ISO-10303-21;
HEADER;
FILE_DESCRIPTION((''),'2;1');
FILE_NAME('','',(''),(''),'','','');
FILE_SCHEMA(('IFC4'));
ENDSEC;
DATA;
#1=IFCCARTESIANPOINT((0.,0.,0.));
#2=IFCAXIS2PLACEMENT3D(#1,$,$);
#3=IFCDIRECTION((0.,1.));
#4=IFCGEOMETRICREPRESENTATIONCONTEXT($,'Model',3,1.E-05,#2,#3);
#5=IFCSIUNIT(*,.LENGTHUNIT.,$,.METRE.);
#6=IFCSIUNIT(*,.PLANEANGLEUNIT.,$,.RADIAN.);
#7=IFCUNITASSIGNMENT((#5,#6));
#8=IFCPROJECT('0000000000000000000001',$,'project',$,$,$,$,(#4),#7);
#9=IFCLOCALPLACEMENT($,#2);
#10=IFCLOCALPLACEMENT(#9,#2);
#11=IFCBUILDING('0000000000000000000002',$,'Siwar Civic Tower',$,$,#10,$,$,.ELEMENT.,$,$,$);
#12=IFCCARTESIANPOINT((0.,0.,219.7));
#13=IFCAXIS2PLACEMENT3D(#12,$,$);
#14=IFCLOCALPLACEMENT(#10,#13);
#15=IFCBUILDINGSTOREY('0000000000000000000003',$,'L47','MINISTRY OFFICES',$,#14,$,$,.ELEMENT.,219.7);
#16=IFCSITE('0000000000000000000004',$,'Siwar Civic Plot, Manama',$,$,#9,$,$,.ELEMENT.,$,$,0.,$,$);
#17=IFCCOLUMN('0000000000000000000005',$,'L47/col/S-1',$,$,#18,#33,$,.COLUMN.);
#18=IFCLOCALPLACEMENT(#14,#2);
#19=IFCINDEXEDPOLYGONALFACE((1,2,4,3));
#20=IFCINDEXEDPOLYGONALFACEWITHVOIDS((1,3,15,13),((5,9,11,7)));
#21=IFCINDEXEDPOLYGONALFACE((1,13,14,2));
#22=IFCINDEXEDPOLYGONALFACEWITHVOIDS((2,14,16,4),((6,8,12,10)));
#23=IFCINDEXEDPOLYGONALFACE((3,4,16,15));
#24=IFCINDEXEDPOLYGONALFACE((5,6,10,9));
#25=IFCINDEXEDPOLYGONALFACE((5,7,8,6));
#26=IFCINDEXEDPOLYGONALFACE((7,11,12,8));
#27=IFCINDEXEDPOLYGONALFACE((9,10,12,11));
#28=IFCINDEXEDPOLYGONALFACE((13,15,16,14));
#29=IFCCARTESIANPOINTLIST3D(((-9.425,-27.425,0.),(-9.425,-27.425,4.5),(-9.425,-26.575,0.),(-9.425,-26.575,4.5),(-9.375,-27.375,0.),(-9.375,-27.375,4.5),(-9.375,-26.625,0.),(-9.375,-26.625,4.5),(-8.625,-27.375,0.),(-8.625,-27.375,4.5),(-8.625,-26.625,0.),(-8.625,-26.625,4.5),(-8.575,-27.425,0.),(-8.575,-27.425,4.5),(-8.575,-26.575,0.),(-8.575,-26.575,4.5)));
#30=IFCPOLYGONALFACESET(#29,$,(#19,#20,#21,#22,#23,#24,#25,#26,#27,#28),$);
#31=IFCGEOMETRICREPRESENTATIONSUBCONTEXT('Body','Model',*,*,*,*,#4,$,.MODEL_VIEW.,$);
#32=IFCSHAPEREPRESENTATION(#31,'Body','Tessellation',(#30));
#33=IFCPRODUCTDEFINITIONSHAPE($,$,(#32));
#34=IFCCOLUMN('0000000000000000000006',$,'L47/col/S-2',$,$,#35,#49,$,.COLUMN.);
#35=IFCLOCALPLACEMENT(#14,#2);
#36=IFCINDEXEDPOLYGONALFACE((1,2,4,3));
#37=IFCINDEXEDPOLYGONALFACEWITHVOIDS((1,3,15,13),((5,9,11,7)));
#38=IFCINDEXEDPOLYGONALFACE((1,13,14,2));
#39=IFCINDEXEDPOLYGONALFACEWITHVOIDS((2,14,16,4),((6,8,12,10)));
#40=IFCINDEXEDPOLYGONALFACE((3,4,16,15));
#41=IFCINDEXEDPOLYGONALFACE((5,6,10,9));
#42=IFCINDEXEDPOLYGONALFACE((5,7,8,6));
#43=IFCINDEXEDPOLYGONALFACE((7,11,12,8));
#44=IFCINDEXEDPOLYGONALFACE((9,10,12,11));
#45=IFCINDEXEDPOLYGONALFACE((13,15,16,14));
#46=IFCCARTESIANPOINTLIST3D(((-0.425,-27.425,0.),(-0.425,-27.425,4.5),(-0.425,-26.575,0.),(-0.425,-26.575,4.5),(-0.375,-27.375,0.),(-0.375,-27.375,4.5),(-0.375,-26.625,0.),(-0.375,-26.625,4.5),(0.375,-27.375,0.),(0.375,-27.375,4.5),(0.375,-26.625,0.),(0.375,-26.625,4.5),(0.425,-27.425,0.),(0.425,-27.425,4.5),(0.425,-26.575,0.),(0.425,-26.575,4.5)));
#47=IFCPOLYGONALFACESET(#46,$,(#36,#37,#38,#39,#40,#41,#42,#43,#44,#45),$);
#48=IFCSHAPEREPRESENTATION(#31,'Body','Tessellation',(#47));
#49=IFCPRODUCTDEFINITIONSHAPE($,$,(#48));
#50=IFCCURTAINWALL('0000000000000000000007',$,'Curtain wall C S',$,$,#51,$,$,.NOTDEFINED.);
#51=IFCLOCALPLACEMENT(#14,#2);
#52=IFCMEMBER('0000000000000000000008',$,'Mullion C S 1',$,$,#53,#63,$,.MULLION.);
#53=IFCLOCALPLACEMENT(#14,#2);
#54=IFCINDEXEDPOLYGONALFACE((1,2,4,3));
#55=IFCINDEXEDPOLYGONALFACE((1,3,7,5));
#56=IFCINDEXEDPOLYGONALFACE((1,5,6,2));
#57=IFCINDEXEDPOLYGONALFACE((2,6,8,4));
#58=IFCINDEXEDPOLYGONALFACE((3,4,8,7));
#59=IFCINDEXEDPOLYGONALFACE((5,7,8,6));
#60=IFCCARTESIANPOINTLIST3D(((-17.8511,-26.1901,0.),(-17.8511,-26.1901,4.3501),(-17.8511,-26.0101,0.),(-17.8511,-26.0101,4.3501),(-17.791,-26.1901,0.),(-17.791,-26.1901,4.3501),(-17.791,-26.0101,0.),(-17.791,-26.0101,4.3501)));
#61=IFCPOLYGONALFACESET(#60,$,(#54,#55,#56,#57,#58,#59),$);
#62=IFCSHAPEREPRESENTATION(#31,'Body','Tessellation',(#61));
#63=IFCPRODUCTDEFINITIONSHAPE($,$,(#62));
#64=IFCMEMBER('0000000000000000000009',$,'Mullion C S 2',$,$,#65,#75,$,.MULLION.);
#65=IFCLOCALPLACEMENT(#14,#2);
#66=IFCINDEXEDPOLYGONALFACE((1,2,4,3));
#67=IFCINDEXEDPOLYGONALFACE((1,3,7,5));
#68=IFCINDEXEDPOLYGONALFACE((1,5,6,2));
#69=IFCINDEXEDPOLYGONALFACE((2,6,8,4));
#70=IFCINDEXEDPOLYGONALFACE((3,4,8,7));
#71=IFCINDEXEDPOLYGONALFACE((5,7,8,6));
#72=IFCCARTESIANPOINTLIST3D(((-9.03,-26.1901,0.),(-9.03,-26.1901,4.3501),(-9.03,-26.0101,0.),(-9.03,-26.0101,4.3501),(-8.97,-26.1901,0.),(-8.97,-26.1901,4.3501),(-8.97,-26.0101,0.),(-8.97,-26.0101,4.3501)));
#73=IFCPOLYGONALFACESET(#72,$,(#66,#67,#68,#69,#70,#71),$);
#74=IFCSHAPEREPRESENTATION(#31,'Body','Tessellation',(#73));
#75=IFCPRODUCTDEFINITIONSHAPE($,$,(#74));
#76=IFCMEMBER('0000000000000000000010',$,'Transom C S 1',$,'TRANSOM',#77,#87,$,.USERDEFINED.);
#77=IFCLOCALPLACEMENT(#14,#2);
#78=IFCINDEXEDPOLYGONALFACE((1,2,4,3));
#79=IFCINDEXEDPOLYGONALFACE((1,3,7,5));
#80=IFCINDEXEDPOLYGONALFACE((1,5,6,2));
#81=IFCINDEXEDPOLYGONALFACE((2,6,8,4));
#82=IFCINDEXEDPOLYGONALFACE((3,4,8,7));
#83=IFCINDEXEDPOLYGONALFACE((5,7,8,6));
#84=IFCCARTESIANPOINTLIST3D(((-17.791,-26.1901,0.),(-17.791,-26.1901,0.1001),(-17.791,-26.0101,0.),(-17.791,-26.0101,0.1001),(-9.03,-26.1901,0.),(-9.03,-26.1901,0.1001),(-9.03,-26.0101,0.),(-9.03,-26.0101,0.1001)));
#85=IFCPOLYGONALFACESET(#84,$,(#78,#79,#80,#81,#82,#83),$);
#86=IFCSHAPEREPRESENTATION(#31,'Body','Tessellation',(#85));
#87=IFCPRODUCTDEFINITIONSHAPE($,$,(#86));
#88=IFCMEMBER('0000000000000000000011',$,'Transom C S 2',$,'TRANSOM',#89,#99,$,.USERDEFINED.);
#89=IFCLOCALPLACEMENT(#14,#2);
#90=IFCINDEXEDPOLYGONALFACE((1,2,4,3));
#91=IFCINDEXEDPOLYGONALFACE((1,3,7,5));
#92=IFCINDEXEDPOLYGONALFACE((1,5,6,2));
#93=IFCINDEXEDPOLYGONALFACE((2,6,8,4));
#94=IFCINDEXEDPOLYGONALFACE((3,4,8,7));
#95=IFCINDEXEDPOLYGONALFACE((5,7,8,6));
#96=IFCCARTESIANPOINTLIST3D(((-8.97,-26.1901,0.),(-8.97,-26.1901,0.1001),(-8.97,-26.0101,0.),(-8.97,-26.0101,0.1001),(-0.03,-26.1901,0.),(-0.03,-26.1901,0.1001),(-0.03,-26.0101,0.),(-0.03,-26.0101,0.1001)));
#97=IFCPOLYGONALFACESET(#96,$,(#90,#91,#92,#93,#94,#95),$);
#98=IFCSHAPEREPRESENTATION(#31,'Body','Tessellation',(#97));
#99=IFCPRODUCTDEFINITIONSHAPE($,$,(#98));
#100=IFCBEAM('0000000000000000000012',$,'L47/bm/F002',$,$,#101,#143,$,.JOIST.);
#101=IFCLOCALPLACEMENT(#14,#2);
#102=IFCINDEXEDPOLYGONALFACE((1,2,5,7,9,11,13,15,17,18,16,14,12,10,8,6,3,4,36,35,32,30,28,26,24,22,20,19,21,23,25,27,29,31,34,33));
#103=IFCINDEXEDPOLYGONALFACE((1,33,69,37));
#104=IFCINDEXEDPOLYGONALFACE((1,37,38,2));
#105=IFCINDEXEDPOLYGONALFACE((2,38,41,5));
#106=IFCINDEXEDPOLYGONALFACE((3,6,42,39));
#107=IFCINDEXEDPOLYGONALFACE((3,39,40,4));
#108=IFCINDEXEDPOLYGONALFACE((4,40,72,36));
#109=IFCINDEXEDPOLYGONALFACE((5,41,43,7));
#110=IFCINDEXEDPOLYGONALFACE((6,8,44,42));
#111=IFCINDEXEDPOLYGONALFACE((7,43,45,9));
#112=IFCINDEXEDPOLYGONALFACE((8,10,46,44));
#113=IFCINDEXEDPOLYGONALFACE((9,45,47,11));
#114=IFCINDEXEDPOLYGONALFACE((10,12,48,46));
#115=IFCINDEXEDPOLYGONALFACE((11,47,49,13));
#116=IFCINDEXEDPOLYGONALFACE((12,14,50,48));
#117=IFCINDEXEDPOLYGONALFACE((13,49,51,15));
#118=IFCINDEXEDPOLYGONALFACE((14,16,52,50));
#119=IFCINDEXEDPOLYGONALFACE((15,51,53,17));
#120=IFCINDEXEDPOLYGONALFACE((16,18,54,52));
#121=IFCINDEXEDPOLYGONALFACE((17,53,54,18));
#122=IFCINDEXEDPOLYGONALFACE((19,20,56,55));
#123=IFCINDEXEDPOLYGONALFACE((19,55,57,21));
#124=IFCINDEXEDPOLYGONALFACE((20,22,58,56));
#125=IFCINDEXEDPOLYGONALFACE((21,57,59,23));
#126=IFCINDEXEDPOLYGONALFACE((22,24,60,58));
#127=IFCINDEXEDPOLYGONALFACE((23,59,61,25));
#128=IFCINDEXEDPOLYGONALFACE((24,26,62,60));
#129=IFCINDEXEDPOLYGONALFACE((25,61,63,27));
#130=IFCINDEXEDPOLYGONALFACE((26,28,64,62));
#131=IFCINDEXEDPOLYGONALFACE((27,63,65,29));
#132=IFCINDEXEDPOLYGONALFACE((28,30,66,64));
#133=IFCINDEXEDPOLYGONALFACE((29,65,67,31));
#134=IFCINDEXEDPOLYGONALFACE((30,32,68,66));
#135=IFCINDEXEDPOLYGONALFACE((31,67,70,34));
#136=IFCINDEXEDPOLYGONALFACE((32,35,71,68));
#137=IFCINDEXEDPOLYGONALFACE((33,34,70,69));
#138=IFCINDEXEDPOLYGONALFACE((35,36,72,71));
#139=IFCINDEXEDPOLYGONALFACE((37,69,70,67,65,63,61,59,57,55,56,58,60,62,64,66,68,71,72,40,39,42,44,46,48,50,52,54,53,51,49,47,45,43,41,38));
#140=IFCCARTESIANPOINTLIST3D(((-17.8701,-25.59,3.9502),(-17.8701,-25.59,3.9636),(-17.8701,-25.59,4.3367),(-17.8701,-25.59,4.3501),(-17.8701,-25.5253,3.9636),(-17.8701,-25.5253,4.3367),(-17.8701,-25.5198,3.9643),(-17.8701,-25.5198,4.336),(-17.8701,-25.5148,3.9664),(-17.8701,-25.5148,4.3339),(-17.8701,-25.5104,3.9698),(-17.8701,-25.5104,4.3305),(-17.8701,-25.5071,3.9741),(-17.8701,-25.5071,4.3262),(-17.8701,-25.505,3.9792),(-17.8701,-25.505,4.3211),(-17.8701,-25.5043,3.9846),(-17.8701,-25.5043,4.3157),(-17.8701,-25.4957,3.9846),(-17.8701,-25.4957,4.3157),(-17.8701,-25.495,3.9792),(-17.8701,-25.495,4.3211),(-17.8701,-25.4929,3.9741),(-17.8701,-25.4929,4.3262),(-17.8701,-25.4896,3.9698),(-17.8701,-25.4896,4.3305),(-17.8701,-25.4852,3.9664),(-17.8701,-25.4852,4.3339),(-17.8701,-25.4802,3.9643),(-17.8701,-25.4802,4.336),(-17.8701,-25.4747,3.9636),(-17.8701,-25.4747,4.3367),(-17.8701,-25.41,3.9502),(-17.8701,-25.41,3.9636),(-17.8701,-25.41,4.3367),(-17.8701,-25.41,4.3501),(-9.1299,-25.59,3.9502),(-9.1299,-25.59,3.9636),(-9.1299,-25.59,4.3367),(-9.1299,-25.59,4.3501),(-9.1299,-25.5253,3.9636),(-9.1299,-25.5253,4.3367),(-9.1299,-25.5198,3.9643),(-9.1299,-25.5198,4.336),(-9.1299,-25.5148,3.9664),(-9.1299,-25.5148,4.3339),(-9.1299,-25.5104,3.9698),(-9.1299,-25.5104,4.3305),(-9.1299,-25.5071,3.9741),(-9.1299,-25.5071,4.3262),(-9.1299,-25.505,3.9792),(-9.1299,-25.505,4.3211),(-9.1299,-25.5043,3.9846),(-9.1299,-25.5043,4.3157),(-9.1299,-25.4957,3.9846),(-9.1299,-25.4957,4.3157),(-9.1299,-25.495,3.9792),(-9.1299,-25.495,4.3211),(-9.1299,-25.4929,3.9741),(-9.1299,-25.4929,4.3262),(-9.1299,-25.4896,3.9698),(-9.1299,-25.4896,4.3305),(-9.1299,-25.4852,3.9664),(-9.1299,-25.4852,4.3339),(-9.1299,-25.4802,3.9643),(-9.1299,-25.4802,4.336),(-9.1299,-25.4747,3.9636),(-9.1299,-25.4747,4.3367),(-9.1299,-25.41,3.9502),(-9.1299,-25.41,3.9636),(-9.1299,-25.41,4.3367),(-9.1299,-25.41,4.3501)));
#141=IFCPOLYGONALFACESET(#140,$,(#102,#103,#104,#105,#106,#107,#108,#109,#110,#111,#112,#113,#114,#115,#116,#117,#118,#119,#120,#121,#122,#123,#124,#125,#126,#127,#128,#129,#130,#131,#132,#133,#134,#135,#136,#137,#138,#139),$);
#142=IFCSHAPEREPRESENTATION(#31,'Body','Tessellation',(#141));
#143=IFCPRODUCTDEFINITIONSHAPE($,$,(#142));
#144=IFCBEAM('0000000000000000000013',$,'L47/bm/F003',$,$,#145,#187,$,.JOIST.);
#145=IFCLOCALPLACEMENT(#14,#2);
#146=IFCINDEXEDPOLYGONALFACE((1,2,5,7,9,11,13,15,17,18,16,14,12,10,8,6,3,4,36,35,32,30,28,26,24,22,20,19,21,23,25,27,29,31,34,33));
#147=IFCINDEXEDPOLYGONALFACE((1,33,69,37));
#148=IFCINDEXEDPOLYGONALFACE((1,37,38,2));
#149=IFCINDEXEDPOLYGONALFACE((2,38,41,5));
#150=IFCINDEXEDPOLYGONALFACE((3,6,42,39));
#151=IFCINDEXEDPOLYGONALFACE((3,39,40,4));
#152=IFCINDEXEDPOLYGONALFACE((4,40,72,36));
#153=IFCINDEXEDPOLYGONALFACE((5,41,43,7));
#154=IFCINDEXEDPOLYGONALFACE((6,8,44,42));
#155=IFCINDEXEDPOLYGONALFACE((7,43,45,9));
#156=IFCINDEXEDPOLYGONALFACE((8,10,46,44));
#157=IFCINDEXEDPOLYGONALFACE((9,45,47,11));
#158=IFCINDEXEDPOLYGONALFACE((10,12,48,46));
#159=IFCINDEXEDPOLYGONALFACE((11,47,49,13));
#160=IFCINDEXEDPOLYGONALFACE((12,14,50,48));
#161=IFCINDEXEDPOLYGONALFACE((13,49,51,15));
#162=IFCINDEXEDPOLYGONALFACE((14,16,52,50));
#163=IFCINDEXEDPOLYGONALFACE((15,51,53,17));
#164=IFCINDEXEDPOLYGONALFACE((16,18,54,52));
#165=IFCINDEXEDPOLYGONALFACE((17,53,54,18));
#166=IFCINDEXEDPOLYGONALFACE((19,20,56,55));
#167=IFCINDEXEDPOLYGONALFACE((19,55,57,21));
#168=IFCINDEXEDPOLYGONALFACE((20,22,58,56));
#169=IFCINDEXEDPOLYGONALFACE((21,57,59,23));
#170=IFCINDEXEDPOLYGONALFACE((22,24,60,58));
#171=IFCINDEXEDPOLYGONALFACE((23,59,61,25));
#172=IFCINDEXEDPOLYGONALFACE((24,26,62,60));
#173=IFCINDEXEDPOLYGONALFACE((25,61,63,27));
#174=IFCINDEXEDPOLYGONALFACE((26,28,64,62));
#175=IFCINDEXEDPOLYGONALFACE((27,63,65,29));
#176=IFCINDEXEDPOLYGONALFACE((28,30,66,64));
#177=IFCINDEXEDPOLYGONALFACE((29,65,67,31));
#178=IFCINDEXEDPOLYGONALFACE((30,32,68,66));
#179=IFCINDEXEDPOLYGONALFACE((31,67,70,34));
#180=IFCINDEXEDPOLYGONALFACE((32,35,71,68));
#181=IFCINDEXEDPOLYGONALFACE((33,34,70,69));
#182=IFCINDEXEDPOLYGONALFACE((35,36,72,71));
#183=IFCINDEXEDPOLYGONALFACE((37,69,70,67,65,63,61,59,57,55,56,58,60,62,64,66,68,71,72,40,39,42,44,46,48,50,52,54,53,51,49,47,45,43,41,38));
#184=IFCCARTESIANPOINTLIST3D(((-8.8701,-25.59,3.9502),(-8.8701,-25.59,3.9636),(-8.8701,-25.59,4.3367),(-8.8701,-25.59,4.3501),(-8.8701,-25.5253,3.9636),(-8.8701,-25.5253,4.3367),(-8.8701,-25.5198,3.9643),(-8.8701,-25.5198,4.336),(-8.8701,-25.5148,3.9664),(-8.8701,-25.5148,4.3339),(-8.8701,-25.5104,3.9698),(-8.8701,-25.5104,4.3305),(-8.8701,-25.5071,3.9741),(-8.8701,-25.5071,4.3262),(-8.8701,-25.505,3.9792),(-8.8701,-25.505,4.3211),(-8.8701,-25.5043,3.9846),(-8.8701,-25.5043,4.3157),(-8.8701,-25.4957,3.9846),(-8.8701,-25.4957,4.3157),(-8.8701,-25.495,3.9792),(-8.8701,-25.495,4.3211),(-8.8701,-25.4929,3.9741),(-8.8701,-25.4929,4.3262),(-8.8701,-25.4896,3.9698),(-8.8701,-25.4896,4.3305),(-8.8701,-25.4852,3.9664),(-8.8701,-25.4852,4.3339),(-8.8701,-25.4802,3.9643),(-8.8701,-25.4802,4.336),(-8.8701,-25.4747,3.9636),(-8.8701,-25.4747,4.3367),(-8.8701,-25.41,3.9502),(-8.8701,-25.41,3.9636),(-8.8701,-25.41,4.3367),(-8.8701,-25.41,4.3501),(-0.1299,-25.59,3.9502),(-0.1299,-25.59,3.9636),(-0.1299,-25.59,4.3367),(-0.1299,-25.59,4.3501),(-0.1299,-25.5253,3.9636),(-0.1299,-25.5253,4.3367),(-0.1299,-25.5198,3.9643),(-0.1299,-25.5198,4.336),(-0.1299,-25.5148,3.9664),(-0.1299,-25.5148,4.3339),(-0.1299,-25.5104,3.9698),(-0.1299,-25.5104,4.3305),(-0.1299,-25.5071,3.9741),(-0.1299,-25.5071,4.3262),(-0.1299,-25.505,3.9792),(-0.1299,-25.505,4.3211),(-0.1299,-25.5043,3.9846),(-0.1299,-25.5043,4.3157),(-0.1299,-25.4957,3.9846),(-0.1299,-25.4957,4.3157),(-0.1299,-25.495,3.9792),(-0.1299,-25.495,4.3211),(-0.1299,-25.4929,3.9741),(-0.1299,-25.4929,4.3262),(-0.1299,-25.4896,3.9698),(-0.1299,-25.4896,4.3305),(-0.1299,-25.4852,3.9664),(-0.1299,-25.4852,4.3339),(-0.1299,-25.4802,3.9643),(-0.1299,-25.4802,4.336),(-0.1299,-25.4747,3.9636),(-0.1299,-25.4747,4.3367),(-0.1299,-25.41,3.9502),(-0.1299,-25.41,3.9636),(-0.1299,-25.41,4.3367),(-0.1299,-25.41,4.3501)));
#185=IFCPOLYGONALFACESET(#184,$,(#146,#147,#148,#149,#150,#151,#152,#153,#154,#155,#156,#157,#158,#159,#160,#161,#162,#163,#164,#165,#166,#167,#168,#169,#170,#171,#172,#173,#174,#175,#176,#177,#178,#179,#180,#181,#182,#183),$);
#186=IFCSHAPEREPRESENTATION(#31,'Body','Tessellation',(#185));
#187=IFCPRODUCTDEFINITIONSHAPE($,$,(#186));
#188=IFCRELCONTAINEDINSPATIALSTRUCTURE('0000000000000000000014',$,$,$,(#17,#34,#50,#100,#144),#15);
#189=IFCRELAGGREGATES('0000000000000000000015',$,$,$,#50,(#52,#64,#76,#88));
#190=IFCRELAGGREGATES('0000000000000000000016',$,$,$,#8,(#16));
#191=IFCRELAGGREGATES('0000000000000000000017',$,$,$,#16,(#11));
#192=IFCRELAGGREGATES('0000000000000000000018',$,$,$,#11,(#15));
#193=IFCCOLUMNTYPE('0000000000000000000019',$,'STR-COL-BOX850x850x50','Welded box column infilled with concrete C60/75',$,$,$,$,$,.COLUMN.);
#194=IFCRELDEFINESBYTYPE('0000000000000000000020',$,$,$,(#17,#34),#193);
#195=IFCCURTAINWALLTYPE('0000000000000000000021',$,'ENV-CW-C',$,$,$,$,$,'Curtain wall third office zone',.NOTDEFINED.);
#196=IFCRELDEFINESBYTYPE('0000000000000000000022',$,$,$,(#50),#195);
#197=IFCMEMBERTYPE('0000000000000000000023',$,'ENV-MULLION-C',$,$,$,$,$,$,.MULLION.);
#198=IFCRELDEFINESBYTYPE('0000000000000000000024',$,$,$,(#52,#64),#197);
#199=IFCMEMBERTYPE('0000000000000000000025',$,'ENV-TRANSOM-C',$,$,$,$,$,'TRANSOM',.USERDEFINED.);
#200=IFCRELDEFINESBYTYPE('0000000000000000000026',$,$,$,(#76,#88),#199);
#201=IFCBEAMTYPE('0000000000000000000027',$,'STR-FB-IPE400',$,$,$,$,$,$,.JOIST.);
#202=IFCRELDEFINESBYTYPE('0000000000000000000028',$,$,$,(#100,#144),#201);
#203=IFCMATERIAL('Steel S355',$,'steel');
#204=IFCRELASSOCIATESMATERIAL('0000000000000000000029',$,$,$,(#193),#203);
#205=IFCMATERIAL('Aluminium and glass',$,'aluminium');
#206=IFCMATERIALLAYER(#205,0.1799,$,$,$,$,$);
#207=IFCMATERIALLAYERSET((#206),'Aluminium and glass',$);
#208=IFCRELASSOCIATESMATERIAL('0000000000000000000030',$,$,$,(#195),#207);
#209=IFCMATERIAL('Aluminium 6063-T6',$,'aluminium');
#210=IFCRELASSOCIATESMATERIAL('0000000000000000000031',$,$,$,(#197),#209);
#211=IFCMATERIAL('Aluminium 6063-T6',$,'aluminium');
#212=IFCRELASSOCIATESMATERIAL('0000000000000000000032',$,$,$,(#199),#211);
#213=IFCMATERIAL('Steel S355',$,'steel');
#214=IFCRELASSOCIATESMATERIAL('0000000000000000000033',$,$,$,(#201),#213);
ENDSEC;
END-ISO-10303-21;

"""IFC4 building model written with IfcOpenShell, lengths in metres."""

from ifc_helpers import new_model, si_unit, direction, frame, origin, origin_2d, place, context, subcontext, project, spatial, rectangle, hollow_rectangle, i_section, extrude, material, layer, layer_set, material_profile, profile_set, type_object, element, aggregate, save


model = new_model("IFC4")

# Units and contexts
model_context = context("Model", 3, precision=1e-05, world=origin(), true_north=direction((0.0, 1.0)))
body_context = subcontext(model_context, "Body", "Model", "MODEL_VIEW")
ifc_project = project(units=[si_unit("LENGTHUNIT", "METRE"), si_unit("PLANEANGLEUNIT", "RADIAN")], contexts=[model_context])

# Site, building, storey
site_placement = place(None, origin())
site = spatial("IfcSite", under=ifc_project, at=site_placement, Name="Siwar Civic Plot, Manama", CompositionType="ELEMENT", RefElevation=0.0)
building_placement = place(site_placement, origin())
building = spatial("IfcBuilding", under=site, at=building_placement, Name="Siwar Civic Tower", CompositionType="ELEMENT")
storey_placement = place(building_placement, frame((0.0, 0.0, 219.7)))
storey = spatial("IfcBuildingStorey", under=building, at=storey_placement, Name="L47", Description="MINISTRY OFFICES", CompositionType="ELEMENT", Elevation=219.7)

# Columns
ifc_material_1 = material(Name="Steel S355", Category="steel")
ifc_material_profile_1 = material_profile(ifc_material_1, hollow_rectangle(XDim=0.8501, YDim=0.8501, WallThickness=0.05, at=origin_2d()), Name="BOX850x850x50")
ifc_profile_set_1 = profile_set([ifc_material_profile_1], Name="Steel S355")
column_type = type_object("IfcColumnType", Name="STR-COL-BOX850x850x50", Description="Welded box column infilled with concrete C60/75", PredefinedType="COLUMN", material=ifc_profile_set_1)
for number, where, z_axis, x_axis, name in (
    (1, (-9.0, -27.0, 0.0), (0.0, 0.0, 1.0), (1.0, 0.0, 0.0), "L47/col/S-1"),
    (2, (0.0, -27.0, 0.0), (0.0, 0.0, 1.0), (1.0, 0.0, 0.0), "L47/col/S-2"),
):
    element("IfcColumn", number, at=place(storey_placement, frame(where, z_axis=z_axis, x_axis=x_axis)), inside=storey, type_object=column_type, Name=name, PredefinedType="COLUMN", context=body_context, shape_type="SweptSolid", body=[
        extrude(hollow_rectangle(XDim=0.8501, YDim=0.8501, WallThickness=0.05, at=origin_2d()), origin(), (0.0, 0.0, 1.0), 4.5),
    ])

# Curtain wall, members
ifc_material_2 = material(Name="Aluminium and glass", Category="aluminium")
ifc_layer_1 = layer(ifc_material_2, 0.1799)
ifc_layer_set_1 = layer_set([ifc_layer_1], Name="Aluminium and glass")
curtain_wall_type = type_object("IfcCurtainWallType", Name="ENV-CW-C", ElementType="Curtain wall third office zone", PredefinedType="NOTDEFINED", material=ifc_layer_set_1)
curtain_wall_placement = place(storey_placement, origin())
curtain_wall = element("IfcCurtainWall", 3, at=curtain_wall_placement, inside=storey, type_object=curtain_wall_type, Name="Curtain wall C S", PredefinedType="NOTDEFINED")
ifc_material_3 = material(Name="Aluminium 6063-T6", Category="aluminium")
ifc_material_profile_2 = material_profile(ifc_material_3, rectangle(XDim=0.1799, YDim=0.0601, at=origin_2d()), Name="AL 180x60")
ifc_profile_set_2 = profile_set([ifc_material_profile_2], Name="Aluminium 6063-T6")
member_type_1 = type_object("IfcMemberType", Name="ENV-MULLION-C", PredefinedType="MULLION", material=ifc_profile_set_2)
member_1_placement = place(storey_placement, frame((-17.821, -26.1001, 0.0), z_axis=(0.0, 0.0, 1.0), x_axis=(0.0, 1.0, 0.0)))
member_1 = element("IfcMember", 4, at=member_1_placement, type_object=member_type_1, Name="Mullion C S 1", PredefinedType="MULLION", context=body_context, shape_type="SweptSolid", body=[
    extrude(rectangle(XDim=0.1799, YDim=0.0601, at=origin_2d()), origin(), (0.0, 0.0, 1.0), 4.3501),
])
member_2_placement = place(storey_placement, frame((-9.0, -26.1001, 0.0), z_axis=(0.0, 0.0, 1.0), x_axis=(0.0, 1.0, 0.0)))
member_2 = element("IfcMember", 5, at=member_2_placement, type_object=member_type_1, Name="Mullion C S 2", PredefinedType="MULLION", context=body_context, shape_type="SweptSolid", body=[
    extrude(rectangle(XDim=0.1799, YDim=0.0601, at=origin_2d()), origin(), (0.0, 0.0, 1.0), 4.3501),
])
ifc_material_4 = material(Name="Aluminium 6063-T6", Category="aluminium")
ifc_material_profile_3 = material_profile(ifc_material_4, rectangle(XDim=0.1799, YDim=0.1001, at=origin_2d()), Name="AL 180x100")
ifc_profile_set_3 = profile_set([ifc_material_profile_3], Name="Aluminium 6063-T6")
member_type_2 = type_object("IfcMemberType", Name="ENV-TRANSOM-C", ElementType="TRANSOM", PredefinedType="USERDEFINED", material=ifc_profile_set_3)
member_3_placement = place(storey_placement, frame((-17.791, -26.1001, 0.05), z_axis=(1.0, 0.0, 0.0), x_axis=(0.0, 1.0, 0.0)))
member_3 = element("IfcMember", 6, at=member_3_placement, type_object=member_type_2, Name="Transom C S 1", ObjectType="TRANSOM", PredefinedType="USERDEFINED", context=body_context, shape_type="SweptSolid", body=[
    extrude(rectangle(XDim=0.1799, YDim=0.1001, at=origin_2d()), origin(), (0.0, 0.0, 1.0), 8.761),
])
member_4_placement = place(storey_placement, frame((-8.97, -26.1001, 0.05), z_axis=(1.0, 0.0, 0.0), x_axis=(0.0, 1.0, 0.0)))
member_4 = element("IfcMember", 7, at=member_4_placement, type_object=member_type_2, Name="Transom C S 2", ObjectType="TRANSOM", PredefinedType="USERDEFINED", context=body_context, shape_type="SweptSolid", body=[
    extrude(rectangle(XDim=0.1799, YDim=0.1001, at=origin_2d()), origin(), (0.0, 0.0, 1.0), 8.9399),
])

# Beams
ifc_material_5 = material(Name="Steel S355", Category="steel")
ifc_material_profile_4 = material_profile(ifc_material_5, i_section(OverallWidth=0.1799, OverallDepth=0.3999, WebThickness=0.0085, FlangeThickness=0.0134, FilletRadius=0.021, at=origin_2d()), Name="IPE400")
ifc_profile_set_4 = profile_set([ifc_material_profile_4], Name="Steel S355")
beam_type_1 = type_object("IfcBeamType", Name="STR-FB-IPE400", PredefinedType="JOIST", material=ifc_profile_set_4)
for number, where, z_axis, x_axis, name in (
    (8, (-17.8701, -25.5, 4.1501), (1.0, 0.0, 0.0), (0.0, 1.0, 0.0), "L47/bm/F002"),
    (9, (-8.8701, -25.5, 4.1501), (1.0, 0.0, 0.0), (0.0, 1.0, 0.0), "L47/bm/F003"),
):
    element("IfcBeam", number, at=place(storey_placement, frame(where, z_axis=z_axis, x_axis=x_axis)), inside=storey, type_object=beam_type_1, Name=name, PredefinedType="JOIST", context=body_context, shape_type="SweptSolid", body=[
        extrude(i_section(OverallWidth=0.1799, OverallDepth=0.3999, WebThickness=0.0085, FlangeThickness=0.0134, FilletRadius=0.021, at=origin_2d()), origin(), (0.0, 0.0, 1.0), 8.7402),
    ])

aggregate(curtain_wall, [member_1, member_2, member_3, member_4])

save(model, "model.ifc")
